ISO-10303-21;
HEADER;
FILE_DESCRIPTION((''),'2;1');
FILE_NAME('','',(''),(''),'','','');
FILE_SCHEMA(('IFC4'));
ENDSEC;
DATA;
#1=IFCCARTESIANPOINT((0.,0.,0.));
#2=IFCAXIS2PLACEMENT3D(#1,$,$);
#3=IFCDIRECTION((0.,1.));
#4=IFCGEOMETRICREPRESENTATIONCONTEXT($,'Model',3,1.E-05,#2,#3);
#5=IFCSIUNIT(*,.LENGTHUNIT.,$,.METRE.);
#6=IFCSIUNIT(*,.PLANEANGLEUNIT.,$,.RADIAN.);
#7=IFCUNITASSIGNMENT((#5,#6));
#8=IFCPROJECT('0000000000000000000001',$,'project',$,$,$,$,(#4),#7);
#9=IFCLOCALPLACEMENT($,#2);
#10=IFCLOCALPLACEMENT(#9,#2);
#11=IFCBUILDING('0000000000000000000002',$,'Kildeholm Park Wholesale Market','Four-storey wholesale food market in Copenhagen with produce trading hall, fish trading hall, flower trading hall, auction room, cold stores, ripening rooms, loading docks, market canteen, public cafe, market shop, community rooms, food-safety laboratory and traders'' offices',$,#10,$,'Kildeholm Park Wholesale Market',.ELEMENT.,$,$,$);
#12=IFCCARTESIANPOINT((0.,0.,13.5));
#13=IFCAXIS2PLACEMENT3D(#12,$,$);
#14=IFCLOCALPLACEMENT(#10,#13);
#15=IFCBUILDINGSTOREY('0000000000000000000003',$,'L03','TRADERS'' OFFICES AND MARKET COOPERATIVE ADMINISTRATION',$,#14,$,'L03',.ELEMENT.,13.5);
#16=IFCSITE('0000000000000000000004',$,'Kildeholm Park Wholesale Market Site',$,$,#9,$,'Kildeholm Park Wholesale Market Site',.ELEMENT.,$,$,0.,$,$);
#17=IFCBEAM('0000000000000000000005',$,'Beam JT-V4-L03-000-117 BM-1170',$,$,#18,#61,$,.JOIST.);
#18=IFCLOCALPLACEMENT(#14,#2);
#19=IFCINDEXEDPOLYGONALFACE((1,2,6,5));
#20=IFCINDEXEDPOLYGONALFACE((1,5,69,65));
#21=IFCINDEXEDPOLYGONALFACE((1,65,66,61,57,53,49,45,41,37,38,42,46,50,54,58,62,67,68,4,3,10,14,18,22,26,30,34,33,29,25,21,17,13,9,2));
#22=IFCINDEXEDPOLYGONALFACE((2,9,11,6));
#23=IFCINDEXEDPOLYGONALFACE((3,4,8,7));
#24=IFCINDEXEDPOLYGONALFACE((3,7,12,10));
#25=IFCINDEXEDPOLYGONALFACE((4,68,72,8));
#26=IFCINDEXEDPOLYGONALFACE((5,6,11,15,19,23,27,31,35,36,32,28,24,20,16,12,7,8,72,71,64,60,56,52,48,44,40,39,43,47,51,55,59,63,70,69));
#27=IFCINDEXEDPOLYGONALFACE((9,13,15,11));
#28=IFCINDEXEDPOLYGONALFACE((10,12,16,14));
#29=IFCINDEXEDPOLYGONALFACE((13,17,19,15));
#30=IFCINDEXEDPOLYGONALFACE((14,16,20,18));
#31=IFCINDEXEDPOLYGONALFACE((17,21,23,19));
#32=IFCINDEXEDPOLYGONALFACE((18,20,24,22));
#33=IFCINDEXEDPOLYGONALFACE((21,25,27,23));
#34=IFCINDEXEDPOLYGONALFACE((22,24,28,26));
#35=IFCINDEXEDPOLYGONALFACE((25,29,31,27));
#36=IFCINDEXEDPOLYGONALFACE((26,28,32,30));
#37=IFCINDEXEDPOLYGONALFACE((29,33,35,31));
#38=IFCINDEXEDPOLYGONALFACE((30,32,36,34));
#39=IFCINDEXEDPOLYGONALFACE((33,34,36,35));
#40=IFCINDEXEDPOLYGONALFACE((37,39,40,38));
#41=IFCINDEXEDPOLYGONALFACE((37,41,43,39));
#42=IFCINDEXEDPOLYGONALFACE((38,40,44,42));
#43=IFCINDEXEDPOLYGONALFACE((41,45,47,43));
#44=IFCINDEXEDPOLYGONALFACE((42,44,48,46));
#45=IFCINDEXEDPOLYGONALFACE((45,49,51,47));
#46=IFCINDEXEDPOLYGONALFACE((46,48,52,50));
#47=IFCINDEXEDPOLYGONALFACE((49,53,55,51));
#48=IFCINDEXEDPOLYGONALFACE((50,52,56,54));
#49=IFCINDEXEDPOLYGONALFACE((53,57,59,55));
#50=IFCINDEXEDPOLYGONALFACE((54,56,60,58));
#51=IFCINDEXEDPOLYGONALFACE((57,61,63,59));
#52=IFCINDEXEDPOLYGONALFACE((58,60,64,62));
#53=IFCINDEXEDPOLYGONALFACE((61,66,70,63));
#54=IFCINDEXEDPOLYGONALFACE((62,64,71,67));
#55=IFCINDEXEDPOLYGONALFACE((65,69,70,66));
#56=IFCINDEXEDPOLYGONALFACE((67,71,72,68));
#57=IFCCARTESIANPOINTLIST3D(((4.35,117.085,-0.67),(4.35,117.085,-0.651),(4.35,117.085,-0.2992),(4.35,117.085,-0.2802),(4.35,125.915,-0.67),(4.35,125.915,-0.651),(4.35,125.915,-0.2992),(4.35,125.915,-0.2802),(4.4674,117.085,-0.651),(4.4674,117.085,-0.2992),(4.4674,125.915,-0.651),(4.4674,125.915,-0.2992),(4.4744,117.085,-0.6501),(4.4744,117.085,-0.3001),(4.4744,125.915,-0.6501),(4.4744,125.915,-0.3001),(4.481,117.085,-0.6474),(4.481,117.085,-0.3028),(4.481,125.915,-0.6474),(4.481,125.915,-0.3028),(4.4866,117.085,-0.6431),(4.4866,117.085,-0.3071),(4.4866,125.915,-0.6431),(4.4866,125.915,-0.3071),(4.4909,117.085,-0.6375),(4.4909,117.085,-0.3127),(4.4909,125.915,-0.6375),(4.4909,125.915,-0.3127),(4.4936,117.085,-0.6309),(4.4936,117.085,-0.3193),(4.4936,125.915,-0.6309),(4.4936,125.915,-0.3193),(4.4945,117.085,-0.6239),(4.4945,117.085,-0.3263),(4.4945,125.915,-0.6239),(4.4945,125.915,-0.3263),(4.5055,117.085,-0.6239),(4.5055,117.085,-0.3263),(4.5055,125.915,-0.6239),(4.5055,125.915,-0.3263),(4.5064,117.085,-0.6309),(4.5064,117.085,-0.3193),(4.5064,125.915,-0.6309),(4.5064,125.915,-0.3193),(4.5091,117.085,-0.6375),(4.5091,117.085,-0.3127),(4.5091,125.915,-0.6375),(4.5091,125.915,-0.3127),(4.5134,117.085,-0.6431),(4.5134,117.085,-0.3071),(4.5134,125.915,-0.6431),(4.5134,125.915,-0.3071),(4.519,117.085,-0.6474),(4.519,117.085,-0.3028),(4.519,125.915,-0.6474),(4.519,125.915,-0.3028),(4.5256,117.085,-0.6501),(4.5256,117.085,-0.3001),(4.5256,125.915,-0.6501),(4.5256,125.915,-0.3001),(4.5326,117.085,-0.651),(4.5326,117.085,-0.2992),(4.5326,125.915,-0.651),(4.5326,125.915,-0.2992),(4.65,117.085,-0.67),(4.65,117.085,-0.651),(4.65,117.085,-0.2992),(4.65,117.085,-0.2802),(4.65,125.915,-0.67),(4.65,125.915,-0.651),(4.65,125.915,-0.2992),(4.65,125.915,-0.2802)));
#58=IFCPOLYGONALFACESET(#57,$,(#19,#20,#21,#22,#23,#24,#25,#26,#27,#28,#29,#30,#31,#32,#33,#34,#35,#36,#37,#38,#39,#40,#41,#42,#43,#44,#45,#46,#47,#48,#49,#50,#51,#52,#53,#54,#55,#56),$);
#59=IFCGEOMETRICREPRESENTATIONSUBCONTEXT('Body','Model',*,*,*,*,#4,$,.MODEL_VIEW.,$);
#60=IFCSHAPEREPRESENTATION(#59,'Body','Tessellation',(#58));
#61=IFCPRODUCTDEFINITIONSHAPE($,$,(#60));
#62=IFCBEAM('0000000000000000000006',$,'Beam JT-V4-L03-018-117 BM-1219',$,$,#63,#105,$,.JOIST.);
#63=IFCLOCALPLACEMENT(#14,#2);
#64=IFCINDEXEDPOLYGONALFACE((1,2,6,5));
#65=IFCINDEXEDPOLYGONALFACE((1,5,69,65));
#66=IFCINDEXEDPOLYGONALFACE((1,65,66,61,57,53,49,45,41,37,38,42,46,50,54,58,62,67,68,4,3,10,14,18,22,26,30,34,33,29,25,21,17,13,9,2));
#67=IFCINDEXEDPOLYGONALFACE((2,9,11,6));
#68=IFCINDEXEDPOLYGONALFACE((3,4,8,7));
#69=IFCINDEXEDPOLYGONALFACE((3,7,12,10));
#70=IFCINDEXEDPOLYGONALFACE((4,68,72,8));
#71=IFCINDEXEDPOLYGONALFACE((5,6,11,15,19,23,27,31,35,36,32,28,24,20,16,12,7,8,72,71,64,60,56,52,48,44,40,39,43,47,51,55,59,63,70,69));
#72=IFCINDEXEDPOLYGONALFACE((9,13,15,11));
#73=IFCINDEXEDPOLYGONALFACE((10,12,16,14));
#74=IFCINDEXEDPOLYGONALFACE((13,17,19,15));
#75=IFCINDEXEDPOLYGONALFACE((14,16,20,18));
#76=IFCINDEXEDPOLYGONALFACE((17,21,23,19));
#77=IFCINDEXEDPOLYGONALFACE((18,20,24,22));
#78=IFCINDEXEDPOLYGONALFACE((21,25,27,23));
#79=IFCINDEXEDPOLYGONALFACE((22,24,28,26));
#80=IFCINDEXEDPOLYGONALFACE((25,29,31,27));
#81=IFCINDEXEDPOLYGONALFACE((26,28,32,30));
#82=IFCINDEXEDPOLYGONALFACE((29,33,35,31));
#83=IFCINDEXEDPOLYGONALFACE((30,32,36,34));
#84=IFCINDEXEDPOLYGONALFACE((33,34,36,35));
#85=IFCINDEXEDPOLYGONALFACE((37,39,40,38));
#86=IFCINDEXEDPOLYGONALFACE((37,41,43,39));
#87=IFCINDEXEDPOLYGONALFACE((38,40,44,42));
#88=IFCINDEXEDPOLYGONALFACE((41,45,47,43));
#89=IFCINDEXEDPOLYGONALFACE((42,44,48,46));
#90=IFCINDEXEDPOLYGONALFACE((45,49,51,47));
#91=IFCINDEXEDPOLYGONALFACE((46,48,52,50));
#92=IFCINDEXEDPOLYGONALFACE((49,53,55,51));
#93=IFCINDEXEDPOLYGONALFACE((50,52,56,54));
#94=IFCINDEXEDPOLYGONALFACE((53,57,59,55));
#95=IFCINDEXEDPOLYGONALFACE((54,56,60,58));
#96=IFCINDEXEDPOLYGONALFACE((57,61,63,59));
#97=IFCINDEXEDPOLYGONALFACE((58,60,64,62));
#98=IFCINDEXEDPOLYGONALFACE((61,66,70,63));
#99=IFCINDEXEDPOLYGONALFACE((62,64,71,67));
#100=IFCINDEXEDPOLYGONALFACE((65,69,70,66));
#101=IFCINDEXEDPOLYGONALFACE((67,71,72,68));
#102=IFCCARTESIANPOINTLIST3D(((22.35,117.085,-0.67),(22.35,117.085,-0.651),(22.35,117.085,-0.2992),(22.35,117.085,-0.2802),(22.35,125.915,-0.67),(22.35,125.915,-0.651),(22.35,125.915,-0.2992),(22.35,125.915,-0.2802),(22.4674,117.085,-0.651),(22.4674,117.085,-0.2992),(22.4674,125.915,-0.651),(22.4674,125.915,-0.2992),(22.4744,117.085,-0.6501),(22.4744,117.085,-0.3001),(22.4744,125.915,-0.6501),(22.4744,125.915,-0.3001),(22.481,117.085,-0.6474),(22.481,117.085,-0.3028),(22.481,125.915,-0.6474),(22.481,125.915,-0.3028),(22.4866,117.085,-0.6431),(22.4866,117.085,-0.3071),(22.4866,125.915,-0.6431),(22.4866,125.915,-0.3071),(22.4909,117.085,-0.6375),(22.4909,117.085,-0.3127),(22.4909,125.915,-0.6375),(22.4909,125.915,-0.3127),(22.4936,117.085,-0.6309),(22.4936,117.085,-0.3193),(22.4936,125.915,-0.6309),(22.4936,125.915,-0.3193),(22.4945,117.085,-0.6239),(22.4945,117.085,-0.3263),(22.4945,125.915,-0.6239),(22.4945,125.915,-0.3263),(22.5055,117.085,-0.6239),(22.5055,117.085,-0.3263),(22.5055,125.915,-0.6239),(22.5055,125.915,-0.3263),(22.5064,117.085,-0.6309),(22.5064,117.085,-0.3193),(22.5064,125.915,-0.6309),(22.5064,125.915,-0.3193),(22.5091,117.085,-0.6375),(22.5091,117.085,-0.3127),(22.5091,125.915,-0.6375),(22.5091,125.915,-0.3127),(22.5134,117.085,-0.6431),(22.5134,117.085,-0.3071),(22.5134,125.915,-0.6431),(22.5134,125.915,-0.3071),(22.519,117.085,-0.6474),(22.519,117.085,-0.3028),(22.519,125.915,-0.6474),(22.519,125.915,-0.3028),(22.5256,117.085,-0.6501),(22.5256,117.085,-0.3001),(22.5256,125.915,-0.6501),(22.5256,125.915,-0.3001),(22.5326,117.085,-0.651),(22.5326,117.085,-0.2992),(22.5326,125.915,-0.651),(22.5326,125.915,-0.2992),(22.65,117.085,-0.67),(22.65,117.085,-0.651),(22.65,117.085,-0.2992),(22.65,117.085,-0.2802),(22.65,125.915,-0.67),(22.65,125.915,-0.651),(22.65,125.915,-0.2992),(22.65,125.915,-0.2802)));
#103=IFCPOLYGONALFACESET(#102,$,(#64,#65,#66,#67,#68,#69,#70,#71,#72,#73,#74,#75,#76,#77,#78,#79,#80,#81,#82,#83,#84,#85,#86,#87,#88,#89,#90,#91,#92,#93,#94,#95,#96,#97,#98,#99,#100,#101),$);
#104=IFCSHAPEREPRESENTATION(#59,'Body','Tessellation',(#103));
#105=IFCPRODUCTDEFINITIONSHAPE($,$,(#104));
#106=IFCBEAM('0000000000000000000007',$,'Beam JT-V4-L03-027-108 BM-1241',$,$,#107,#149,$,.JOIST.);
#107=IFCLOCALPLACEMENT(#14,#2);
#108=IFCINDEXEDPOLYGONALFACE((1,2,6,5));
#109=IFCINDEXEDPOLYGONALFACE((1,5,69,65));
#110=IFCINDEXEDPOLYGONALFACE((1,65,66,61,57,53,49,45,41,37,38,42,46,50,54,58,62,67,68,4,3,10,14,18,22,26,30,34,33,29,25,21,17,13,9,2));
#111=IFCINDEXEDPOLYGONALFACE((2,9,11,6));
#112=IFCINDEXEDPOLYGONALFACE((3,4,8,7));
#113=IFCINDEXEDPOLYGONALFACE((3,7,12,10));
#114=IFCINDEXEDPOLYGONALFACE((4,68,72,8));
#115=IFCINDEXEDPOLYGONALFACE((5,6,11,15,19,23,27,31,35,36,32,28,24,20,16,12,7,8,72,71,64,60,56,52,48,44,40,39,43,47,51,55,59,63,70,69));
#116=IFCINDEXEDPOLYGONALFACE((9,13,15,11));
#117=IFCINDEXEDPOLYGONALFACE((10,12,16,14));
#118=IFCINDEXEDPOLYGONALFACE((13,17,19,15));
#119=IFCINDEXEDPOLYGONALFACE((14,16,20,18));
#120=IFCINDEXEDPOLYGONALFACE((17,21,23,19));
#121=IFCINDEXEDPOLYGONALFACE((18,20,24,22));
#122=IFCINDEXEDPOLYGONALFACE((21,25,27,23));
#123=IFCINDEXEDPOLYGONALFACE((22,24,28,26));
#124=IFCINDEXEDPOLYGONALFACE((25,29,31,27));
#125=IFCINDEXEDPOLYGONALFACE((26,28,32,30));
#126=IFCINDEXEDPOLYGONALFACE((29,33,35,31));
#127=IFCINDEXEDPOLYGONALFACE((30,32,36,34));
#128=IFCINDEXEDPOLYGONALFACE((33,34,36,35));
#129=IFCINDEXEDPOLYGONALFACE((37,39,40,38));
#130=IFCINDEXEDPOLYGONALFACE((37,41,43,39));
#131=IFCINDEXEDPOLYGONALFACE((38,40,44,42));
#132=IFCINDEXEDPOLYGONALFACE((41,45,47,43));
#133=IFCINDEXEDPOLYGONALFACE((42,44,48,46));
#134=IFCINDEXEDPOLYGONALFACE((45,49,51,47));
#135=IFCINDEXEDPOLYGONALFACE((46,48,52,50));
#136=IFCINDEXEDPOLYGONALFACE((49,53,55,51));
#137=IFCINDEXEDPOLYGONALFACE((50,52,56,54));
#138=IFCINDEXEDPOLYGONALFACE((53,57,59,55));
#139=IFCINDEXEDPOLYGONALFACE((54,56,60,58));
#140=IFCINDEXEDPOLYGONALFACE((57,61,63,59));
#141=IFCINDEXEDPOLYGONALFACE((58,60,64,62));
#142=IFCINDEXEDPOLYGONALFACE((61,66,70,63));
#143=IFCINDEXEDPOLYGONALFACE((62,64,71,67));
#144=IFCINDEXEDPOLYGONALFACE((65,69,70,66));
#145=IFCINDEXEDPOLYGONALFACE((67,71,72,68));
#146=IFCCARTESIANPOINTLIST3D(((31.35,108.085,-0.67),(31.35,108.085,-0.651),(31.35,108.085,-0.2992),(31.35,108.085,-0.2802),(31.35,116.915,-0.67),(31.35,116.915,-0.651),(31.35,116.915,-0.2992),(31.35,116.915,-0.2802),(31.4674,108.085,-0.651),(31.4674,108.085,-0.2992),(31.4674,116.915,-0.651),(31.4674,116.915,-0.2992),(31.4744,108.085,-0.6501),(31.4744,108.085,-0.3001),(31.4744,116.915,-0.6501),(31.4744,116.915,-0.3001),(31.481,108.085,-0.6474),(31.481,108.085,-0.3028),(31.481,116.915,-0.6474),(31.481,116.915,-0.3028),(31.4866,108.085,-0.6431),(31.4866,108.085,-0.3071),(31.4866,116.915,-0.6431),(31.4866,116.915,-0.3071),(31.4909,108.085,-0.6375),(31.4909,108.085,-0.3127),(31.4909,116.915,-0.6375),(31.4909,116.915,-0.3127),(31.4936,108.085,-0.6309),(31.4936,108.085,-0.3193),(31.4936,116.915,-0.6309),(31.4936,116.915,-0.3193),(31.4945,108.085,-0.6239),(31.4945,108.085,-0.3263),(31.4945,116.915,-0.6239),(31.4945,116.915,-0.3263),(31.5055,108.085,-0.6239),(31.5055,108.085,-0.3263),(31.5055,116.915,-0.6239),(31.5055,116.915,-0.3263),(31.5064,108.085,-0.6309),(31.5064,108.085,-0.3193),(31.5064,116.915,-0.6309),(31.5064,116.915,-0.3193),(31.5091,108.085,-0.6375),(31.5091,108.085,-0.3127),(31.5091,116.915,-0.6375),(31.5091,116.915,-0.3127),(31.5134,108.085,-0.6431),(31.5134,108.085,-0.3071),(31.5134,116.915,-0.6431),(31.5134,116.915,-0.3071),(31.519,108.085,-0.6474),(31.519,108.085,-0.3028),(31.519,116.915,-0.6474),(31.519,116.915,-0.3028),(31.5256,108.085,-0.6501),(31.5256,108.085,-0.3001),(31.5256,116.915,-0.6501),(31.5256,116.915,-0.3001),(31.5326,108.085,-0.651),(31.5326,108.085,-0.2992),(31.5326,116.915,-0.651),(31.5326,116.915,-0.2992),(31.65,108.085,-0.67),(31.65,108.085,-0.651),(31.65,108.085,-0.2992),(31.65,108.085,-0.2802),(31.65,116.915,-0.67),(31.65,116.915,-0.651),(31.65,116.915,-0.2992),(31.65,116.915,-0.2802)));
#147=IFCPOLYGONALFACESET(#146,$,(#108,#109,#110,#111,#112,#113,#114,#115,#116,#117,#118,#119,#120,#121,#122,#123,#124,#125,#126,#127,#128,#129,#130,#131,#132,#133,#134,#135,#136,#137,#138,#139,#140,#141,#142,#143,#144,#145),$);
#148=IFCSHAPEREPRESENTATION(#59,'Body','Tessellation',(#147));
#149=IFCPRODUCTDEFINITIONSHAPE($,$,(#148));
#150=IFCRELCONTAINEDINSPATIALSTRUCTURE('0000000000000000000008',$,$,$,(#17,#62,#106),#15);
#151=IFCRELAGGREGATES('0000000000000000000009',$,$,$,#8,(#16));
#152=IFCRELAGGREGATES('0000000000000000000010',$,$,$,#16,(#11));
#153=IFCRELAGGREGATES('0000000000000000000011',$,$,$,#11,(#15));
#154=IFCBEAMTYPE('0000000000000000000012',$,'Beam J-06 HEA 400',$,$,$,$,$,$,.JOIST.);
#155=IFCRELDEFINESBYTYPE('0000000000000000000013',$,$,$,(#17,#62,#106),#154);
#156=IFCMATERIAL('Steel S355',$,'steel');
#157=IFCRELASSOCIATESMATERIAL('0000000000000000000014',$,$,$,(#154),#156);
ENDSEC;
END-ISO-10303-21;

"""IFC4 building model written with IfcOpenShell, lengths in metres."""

from ifc_helpers import new_model, si_unit, direction, frame, origin, origin_2d, place, context, subcontext, project, spatial, i_section, extrude, material, material_profile, profile_set, type_object, element, save


model = new_model("IFC4")

# Units and contexts
model_context = context("Model", 3, precision=1e-05, world=origin(), true_north=direction((0.0, 1.0)))
body_context = subcontext(model_context, "Body", "Model", "MODEL_VIEW")
ifc_project = project(units=[si_unit("LENGTHUNIT", "METRE"), si_unit("PLANEANGLEUNIT", "RADIAN")], contexts=[model_context])

# Site, building, storey
site_placement = place(None, origin())
site = spatial("IfcSite", under=ifc_project, at=site_placement, Name="Kildeholm Park Wholesale Market Site", LongName="Kildeholm Park Wholesale Market Site", CompositionType="ELEMENT", RefElevation=0.0)
building_placement = place(site_placement, origin())
building = spatial("IfcBuilding", under=site, at=building_placement, Name="Kildeholm Park Wholesale Market", Description="Four-storey wholesale food market in Copenhagen with produce trading hall, fish trading hall, flower trading hall, auction room, cold stores, ripening rooms, loading docks, market canteen, public cafe, market shop, community rooms, food-safety laboratory and traders' offices", LongName="Kildeholm Park Wholesale Market", CompositionType="ELEMENT")
storey_placement = place(building_placement, frame((0.0, 0.0, 13.5)))
storey = spatial("IfcBuildingStorey", under=building, at=storey_placement, Name="L03", Description="TRADERS' OFFICES AND MARKET COOPERATIVE ADMINISTRATION", LongName="L03", CompositionType="ELEMENT", Elevation=13.5)

# Beams
ifc_material_1 = material(Name="Steel S355", Category="steel")
ifc_material_profile_1 = material_profile(ifc_material_1, i_section(OverallWidth=0.3, OverallDepth=0.3899, WebThickness=0.011, FlangeThickness=0.019, FilletRadius=0.0271, at=origin_2d()), Name="HEA 400")
ifc_profile_set_1 = profile_set([ifc_material_profile_1], Name="Steel S355")
beam_type_1 = type_object("IfcBeamType", Name="Beam J-06 HEA 400", PredefinedType="JOIST", material=ifc_profile_set_1)
for number, where, z_axis, x_axis, name in (
    (1, (4.5, 117.085, -0.4751), (0.0, 1.0, 0.0), (-1.0, 0.0, 0.0), "Beam JT-V4-L03-000-117 BM-1170"),
    (2, (22.5, 117.085, -0.4751), (0.0, 1.0, 0.0), (-1.0, 0.0, 0.0), "Beam JT-V4-L03-018-117 BM-1219"),
    (3, (31.5, 108.085, -0.4751), (0.0, 1.0, 0.0), (-1.0, 0.0, 0.0), "Beam JT-V4-L03-027-108 BM-1241"),
):
    element("IfcBeam", number, at=place(storey_placement, frame(where, z_axis=z_axis, x_axis=x_axis)), inside=storey, type_object=beam_type_1, Name=name, PredefinedType="JOIST", context=body_context, shape_type="SweptSolid", body=[
        extrude(i_section(OverallWidth=0.3, OverallDepth=0.3899, WebThickness=0.011, FlangeThickness=0.019, FilletRadius=0.0271, at=origin_2d()), origin(), (0.0, 0.0, 1.0), 8.8301),
    ])

save(model, "model.ifc")
